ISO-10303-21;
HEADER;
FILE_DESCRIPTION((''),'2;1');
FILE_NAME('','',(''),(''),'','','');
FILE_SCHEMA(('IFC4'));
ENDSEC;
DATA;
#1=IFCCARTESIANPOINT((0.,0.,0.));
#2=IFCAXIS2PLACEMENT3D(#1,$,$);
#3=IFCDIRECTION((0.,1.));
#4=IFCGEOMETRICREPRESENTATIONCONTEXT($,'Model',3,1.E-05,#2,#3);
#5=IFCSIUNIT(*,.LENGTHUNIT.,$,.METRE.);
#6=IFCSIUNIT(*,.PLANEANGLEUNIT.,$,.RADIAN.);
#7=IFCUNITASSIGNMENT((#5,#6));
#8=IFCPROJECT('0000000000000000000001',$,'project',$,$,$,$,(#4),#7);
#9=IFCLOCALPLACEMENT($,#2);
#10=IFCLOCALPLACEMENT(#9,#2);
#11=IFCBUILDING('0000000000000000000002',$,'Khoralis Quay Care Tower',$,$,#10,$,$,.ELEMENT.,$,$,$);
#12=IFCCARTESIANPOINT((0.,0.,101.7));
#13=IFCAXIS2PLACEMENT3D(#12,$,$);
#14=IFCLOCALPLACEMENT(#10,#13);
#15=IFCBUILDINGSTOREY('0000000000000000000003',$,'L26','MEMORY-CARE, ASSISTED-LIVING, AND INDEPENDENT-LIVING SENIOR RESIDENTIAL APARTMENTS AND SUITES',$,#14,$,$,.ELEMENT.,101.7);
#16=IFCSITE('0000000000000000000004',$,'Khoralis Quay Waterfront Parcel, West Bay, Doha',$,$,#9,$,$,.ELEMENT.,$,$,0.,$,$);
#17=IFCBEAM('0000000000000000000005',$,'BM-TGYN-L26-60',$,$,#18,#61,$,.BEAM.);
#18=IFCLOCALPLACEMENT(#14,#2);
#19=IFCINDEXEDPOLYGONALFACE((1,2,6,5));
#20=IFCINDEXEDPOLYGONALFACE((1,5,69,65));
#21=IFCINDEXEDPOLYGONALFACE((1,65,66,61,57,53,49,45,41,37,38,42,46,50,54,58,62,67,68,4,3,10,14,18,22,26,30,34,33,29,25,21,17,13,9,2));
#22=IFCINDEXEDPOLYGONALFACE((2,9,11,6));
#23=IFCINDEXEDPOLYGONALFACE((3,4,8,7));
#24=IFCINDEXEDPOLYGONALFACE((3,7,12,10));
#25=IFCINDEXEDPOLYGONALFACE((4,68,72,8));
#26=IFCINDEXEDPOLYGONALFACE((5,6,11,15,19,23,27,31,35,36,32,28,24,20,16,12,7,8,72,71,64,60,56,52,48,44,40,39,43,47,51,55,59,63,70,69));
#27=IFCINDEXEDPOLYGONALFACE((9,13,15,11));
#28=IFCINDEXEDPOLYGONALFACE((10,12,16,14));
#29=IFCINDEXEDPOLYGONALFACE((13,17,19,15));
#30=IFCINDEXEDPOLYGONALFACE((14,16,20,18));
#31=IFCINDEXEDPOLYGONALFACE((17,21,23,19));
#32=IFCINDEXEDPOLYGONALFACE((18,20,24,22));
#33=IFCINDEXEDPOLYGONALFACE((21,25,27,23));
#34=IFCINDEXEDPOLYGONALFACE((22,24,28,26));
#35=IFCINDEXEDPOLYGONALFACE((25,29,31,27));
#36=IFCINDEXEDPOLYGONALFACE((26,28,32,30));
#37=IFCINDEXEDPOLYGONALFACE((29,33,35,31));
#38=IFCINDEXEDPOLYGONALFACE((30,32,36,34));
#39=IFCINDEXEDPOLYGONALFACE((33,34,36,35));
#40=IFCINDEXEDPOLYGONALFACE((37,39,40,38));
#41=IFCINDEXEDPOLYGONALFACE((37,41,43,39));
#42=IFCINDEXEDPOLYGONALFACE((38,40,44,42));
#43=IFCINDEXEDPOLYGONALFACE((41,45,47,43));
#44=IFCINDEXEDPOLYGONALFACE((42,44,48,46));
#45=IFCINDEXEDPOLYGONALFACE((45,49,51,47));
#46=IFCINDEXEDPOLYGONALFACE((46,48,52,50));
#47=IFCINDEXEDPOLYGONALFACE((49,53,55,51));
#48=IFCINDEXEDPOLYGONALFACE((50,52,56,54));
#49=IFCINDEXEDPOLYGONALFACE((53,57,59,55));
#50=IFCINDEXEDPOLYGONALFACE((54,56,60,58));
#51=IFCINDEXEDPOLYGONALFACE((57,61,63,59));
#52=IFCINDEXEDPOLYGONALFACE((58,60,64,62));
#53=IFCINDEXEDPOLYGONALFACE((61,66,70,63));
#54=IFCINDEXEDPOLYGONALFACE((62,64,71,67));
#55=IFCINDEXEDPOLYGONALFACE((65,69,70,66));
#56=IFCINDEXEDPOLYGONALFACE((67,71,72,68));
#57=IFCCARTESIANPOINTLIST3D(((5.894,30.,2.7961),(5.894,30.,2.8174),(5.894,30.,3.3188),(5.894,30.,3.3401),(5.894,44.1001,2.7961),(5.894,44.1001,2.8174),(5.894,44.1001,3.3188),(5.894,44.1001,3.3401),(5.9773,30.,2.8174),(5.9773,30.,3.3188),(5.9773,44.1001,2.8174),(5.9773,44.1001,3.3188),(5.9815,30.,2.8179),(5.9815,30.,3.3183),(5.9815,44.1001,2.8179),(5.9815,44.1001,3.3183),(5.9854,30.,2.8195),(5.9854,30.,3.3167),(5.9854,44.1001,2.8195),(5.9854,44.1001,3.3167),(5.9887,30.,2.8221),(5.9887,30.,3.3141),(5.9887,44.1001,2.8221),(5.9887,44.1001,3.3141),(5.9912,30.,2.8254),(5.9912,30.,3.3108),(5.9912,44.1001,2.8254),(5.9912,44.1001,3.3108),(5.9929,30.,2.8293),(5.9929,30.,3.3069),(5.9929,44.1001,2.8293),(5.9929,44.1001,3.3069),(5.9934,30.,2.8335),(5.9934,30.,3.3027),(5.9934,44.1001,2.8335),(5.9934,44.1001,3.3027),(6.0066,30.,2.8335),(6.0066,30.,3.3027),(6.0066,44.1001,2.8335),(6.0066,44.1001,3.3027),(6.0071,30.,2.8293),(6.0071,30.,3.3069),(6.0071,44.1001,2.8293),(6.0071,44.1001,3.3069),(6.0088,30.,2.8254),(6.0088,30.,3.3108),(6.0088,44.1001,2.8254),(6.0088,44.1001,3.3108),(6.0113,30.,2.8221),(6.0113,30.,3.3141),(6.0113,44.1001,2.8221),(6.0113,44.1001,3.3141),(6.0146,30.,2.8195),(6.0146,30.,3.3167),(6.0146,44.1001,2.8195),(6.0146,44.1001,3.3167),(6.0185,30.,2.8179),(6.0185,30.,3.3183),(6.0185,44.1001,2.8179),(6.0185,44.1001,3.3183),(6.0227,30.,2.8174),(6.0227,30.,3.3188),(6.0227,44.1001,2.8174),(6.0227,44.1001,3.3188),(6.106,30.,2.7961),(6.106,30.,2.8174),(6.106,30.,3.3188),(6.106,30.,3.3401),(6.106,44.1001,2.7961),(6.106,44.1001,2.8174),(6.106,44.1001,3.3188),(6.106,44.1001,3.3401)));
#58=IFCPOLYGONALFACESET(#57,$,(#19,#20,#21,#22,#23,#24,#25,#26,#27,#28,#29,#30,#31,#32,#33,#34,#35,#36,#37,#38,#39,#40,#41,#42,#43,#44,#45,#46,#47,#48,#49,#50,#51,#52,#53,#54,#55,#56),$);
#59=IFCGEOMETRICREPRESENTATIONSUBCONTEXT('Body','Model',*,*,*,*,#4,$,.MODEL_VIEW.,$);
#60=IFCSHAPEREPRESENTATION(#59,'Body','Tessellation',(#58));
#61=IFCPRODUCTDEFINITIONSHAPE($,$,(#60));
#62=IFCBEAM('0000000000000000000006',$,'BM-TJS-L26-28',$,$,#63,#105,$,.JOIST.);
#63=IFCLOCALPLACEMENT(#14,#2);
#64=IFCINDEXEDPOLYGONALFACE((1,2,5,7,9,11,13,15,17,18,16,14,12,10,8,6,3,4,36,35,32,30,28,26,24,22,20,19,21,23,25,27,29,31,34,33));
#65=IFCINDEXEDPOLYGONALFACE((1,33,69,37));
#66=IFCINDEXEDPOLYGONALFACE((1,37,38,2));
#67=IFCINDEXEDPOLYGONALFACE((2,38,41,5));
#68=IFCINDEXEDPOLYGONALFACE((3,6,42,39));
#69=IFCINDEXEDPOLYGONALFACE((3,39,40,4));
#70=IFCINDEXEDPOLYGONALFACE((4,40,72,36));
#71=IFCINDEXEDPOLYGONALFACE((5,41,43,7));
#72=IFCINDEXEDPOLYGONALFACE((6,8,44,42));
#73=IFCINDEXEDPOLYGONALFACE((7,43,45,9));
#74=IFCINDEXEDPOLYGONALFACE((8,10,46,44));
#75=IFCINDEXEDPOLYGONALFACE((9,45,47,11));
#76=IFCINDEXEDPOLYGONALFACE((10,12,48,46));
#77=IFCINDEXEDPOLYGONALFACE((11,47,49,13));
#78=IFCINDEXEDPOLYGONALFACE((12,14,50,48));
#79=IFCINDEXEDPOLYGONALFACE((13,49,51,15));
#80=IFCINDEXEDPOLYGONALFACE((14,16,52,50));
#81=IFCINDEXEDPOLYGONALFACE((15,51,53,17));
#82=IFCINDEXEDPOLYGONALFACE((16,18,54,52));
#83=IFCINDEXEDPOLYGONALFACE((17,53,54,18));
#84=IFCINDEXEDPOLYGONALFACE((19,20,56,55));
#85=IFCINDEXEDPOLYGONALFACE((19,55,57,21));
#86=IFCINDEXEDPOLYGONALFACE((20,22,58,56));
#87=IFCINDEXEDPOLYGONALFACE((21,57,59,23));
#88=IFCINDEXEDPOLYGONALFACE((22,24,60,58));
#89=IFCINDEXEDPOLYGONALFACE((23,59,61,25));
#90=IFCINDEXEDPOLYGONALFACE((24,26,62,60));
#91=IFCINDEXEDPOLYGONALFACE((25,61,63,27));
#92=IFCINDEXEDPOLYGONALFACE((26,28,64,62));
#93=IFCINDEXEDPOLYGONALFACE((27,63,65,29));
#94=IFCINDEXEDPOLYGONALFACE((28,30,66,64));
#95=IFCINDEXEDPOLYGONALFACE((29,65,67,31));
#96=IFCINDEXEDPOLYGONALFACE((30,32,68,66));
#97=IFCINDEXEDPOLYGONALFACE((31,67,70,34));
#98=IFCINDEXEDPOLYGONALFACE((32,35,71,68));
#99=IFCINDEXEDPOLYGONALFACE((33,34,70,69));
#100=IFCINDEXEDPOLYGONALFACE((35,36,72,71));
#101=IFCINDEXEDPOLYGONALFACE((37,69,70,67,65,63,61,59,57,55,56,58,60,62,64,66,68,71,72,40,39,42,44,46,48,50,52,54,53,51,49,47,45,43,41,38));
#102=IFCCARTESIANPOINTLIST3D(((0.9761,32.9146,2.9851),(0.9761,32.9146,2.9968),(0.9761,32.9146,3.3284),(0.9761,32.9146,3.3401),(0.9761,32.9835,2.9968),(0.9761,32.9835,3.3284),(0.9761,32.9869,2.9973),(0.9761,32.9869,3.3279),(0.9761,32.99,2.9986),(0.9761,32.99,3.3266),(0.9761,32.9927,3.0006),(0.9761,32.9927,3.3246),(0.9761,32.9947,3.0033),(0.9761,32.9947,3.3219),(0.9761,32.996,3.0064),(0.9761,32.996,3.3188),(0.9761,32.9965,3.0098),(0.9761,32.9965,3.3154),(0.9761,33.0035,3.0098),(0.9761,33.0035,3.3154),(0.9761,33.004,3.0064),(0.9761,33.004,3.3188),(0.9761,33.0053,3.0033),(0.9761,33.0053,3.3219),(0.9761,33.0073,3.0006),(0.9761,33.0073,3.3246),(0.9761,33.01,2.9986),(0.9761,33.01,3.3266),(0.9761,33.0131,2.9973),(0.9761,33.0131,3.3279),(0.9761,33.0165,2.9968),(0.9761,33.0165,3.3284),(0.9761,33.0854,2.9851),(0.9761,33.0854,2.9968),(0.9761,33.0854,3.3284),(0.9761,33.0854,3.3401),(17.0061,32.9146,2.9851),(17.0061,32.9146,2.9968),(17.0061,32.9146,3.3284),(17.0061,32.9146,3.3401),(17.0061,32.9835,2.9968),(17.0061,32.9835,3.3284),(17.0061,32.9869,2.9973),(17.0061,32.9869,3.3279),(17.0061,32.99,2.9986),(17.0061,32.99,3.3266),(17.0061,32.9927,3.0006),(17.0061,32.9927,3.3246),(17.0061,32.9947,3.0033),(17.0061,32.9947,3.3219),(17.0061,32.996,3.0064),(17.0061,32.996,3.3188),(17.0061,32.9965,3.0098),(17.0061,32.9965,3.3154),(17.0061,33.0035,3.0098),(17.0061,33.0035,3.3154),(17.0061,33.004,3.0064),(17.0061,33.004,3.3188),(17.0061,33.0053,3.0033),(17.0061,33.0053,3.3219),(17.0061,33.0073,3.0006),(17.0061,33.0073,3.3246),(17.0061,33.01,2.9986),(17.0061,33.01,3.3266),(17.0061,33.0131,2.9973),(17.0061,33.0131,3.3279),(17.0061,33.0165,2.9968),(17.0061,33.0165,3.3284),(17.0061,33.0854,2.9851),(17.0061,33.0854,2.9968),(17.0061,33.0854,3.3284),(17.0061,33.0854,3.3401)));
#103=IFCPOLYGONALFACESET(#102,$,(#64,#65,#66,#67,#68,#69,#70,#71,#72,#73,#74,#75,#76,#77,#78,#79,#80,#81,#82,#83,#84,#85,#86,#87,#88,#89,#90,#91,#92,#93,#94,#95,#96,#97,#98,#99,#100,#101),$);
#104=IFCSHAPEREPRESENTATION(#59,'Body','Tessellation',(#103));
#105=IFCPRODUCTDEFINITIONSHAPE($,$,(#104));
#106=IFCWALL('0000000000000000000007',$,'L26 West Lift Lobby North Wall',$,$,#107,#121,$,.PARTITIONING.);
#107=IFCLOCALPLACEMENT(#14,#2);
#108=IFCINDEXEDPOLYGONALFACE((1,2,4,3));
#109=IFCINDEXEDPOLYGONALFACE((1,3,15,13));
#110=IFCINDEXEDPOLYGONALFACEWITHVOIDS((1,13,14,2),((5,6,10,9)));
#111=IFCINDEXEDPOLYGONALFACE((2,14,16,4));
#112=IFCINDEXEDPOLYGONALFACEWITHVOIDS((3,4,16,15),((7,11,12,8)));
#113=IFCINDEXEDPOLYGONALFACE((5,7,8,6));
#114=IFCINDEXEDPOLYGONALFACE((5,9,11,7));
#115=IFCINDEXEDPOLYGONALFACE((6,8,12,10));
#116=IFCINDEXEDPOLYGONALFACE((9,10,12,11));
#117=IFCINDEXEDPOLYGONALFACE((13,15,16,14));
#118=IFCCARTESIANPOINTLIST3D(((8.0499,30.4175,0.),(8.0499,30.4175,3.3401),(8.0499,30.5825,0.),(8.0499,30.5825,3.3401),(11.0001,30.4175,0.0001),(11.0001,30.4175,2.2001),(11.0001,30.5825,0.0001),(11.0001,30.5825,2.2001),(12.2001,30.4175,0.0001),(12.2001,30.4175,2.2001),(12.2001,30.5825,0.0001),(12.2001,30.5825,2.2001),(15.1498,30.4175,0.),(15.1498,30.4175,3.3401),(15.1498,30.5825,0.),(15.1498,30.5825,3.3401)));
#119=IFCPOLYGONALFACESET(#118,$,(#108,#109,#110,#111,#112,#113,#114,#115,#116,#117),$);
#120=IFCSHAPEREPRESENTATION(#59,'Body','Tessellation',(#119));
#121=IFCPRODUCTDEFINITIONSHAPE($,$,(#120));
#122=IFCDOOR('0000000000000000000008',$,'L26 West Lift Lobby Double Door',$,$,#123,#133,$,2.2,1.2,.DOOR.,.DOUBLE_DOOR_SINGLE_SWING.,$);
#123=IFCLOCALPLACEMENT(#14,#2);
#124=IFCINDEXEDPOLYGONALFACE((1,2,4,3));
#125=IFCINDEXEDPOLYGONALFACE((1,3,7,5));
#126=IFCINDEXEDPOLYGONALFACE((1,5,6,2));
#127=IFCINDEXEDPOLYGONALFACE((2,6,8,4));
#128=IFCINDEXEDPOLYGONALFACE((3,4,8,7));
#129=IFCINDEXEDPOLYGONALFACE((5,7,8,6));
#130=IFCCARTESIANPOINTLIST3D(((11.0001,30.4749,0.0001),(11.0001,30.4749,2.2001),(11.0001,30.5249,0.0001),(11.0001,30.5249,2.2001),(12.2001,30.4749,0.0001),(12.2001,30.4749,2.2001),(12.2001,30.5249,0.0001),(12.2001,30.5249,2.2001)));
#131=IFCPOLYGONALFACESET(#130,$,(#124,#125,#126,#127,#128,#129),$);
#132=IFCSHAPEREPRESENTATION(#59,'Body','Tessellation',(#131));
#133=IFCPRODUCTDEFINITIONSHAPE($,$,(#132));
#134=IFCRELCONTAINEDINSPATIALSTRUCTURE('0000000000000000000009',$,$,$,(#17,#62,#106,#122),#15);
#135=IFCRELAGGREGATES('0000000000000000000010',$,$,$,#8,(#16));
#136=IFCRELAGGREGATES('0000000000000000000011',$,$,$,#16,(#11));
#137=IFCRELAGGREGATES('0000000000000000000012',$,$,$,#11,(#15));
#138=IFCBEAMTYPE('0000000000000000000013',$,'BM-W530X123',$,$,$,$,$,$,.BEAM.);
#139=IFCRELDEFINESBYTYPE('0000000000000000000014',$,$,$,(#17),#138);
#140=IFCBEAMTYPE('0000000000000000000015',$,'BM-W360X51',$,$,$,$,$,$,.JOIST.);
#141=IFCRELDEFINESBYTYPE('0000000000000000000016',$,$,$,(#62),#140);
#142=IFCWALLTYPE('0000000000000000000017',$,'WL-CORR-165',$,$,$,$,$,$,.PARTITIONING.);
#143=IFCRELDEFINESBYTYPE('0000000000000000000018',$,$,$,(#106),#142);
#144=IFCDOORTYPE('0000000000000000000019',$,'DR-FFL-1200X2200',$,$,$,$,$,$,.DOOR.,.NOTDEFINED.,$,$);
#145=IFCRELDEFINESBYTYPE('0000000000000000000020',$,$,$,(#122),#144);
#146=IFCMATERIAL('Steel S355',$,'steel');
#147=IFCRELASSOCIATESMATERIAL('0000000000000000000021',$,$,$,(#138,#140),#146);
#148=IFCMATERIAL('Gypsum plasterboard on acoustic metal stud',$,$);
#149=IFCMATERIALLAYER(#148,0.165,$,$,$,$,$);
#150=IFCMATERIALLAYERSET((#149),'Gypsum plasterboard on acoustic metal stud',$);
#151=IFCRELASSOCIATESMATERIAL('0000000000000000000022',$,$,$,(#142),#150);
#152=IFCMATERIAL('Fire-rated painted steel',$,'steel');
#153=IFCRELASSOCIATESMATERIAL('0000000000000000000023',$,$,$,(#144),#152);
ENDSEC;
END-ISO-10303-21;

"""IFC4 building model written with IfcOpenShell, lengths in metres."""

from ifc_helpers import new_model, si_unit, direction, frame, frame_2d, origin, origin_2d, place, context, subcontext, project, spatial, rectangle, i_section, extrude, source, transform, mapped, material, layer, layer_set, material_profile, profile_set, type_object, element, fill, save


model = new_model("IFC4")

# Units and contexts
model_context = context("Model", 3, precision=1e-05, world=origin(), true_north=direction((0.0, 1.0)))
body_context = subcontext(model_context, "Body", "Model", "MODEL_VIEW")
ifc_project = project(units=[si_unit("LENGTHUNIT", "METRE"), si_unit("PLANEANGLEUNIT", "RADIAN")], contexts=[model_context])

# Site, building, storey
site_placement = place(None, origin())
site = spatial("IfcSite", under=ifc_project, at=site_placement, Name="Khoralis Quay Waterfront Parcel, West Bay, Doha", CompositionType="ELEMENT", RefElevation=0.0)
building_placement = place(site_placement, origin())
building = spatial("IfcBuilding", under=site, at=building_placement, Name="Khoralis Quay Care Tower", CompositionType="ELEMENT")
storey_placement = place(building_placement, frame((0.0, 0.0, 101.7)))
storey = spatial("IfcBuildingStorey", under=building, at=storey_placement, Name="L26", Description="MEMORY-CARE, ASSISTED-LIVING, AND INDEPENDENT-LIVING SENIOR RESIDENTIAL APARTMENTS AND SUITES", CompositionType="ELEMENT", Elevation=101.7)

# Beams
ifc_material_1 = material(Name="Steel S355", Category="steel")
ifc_material_profile_1 = material_profile(ifc_material_1, i_section(OverallWidth=0.2119, OverallDepth=0.5439, WebThickness=0.0132, FlangeThickness=0.0212, FilletRadius=0.0161, at=origin_2d()), Name="Steel S355")
ifc_profile_set_1 = profile_set([ifc_material_profile_1], Name="Steel S355")
beam_type_1 = type_object("IfcBeamType", Name="BM-W530X123", PredefinedType="BEAM", material=ifc_profile_set_1)
shared_shape_1 = source(origin(), body_context, "Body", "SweptSolid", [
    extrude(i_section(OverallWidth=0.2119, OverallDepth=0.5439, WebThickness=0.0132, FlangeThickness=0.0212, FilletRadius=0.0161, at=origin_2d()), origin(), (0.0, 0.0, 1.0), 14.1001),
])
beam_1_placement = place(storey_placement, frame((6.0, 30.0, 3.0681), z_axis=(0.0, 1.0, 0.0), x_axis=(-1.0, 0.0, 0.0)))
element("IfcBeam", 1, at=beam_1_placement, inside=storey, type_object=beam_type_1, Name="BM-TGYN-L26-60", PredefinedType="BEAM", context=body_context, shape_type="MappedRepresentation", body=[
    mapped(shared_shape_1, transform((0.0, 0.0, 0.0), scale=1.0)),
])
ifc_material_profile_2 = material_profile(ifc_material_1, i_section(OverallWidth=0.1709, OverallDepth=0.355, WebThickness=0.0071, FlangeThickness=0.0117, FilletRadius=0.0129, at=origin_2d()), Name="Steel S355")
ifc_profile_set_2 = profile_set([ifc_material_profile_2], Name="Steel S355")
beam_type_2 = type_object("IfcBeamType", Name="BM-W360X51", PredefinedType="JOIST", material=ifc_profile_set_2)
shared_shape_2 = source(origin(), body_context, "Body", "SweptSolid", [
    extrude(i_section(OverallWidth=0.1709, OverallDepth=0.355, WebThickness=0.0071, FlangeThickness=0.0117, FilletRadius=0.0129, at=origin_2d()), origin(), (0.0, 0.0, 1.0), 16.03),
])
beam_2_placement = place(storey_placement, frame((0.9761, 33.0, 3.1626), z_axis=(1.0, 0.0, 0.0), x_axis=(0.0, 1.0, 0.0)))
element("IfcBeam", 2, at=beam_2_placement, inside=storey, type_object=beam_type_2, Name="BM-TJS-L26-28", PredefinedType="JOIST", context=body_context, shape_type="MappedRepresentation", body=[
    mapped(shared_shape_2, transform((0.0, 0.0, 0.0), scale=1.0)),
])

# Wall, opening, door
ifc_material_2 = material(Name="Gypsum plasterboard on acoustic metal stud")
ifc_layer_1 = layer(ifc_material_2, 0.165)
ifc_layer_set_1 = layer_set([ifc_layer_1], Name="Gypsum plasterboard on acoustic metal stud")
wall_type_1 = type_object("IfcWallType", Name="WL-CORR-165", PredefinedType="PARTITIONING", material=ifc_layer_set_1)
wall_1_placement = place(storey_placement, frame((8.05, 30.5, 0.0), z_axis=(0.0, 0.0, 1.0), x_axis=(1.0, 0.0, 0.0)))
wall_1 = element("IfcWall", 3, at=wall_1_placement, inside=storey, type_object=wall_type_1, Name="L26 West Lift Lobby North Wall", PredefinedType="PARTITIONING", context=body_context, shape_type="SweptSolid", body=[
    extrude(rectangle(XDim=7.0999, YDim=0.165, at=frame_2d((3.5498, 0.0))), origin(), (0.0, 0.0, 1.0), 3.3401),
])
opening_1_placement = place(wall_1_placement, frame((2.95, 0.0, 0.0)))
opening_1 = element("IfcOpeningElement", 4, at=opening_1_placement, cuts=wall_1, PredefinedType="OPENING", context=body_context, shape_type="SweptSolid", body=[
    extrude(rectangle(XDim=1.2, YDim=2.2, at=frame_2d((0.6001, 1.1001))), frame((0.0, 0.0925, 0.0), z_axis=(0.0, -1.0, 0.0), x_axis=(1.0, 0.0, 0.0)), (0.0, 0.0, 1.0), 0.1851),
])
ifc_material_3 = material(Name="Fire-rated painted steel", Category="steel")
door_type_1 = type_object("IfcDoorType", Name="DR-FFL-1200X2200", OperationType="NOTDEFINED", PredefinedType="DOOR", material=ifc_material_3)
shared_shape_3 = source(origin(), body_context, "Body", "SweptSolid", [
    extrude(rectangle(XDim=1.2, YDim=2.2, at=frame_2d((0.6001, 1.1001))), frame((0.0, 0.0249, 0.0), z_axis=(0.0, -1.0, 0.0), x_axis=(1.0, 0.0, 0.0)), (0.0, 0.0, 1.0), 0.05),
])
door_1_placement = place(opening_1_placement, origin())
door_1 = element("IfcDoor", 5, at=door_1_placement, inside=storey, type_object=door_type_1, Name="L26 West Lift Lobby Double Door", OperationType="DOUBLE_DOOR_SINGLE_SWING", OverallHeight=2.2, OverallWidth=1.2, PredefinedType="DOOR", context=body_context, shape_type="MappedRepresentation", body=[
    mapped(shared_shape_3, transform((0.0, 0.0, 0.0), scale=1.0)),
])
fill(opening_1, door_1)

save(model, "model.ifc")
